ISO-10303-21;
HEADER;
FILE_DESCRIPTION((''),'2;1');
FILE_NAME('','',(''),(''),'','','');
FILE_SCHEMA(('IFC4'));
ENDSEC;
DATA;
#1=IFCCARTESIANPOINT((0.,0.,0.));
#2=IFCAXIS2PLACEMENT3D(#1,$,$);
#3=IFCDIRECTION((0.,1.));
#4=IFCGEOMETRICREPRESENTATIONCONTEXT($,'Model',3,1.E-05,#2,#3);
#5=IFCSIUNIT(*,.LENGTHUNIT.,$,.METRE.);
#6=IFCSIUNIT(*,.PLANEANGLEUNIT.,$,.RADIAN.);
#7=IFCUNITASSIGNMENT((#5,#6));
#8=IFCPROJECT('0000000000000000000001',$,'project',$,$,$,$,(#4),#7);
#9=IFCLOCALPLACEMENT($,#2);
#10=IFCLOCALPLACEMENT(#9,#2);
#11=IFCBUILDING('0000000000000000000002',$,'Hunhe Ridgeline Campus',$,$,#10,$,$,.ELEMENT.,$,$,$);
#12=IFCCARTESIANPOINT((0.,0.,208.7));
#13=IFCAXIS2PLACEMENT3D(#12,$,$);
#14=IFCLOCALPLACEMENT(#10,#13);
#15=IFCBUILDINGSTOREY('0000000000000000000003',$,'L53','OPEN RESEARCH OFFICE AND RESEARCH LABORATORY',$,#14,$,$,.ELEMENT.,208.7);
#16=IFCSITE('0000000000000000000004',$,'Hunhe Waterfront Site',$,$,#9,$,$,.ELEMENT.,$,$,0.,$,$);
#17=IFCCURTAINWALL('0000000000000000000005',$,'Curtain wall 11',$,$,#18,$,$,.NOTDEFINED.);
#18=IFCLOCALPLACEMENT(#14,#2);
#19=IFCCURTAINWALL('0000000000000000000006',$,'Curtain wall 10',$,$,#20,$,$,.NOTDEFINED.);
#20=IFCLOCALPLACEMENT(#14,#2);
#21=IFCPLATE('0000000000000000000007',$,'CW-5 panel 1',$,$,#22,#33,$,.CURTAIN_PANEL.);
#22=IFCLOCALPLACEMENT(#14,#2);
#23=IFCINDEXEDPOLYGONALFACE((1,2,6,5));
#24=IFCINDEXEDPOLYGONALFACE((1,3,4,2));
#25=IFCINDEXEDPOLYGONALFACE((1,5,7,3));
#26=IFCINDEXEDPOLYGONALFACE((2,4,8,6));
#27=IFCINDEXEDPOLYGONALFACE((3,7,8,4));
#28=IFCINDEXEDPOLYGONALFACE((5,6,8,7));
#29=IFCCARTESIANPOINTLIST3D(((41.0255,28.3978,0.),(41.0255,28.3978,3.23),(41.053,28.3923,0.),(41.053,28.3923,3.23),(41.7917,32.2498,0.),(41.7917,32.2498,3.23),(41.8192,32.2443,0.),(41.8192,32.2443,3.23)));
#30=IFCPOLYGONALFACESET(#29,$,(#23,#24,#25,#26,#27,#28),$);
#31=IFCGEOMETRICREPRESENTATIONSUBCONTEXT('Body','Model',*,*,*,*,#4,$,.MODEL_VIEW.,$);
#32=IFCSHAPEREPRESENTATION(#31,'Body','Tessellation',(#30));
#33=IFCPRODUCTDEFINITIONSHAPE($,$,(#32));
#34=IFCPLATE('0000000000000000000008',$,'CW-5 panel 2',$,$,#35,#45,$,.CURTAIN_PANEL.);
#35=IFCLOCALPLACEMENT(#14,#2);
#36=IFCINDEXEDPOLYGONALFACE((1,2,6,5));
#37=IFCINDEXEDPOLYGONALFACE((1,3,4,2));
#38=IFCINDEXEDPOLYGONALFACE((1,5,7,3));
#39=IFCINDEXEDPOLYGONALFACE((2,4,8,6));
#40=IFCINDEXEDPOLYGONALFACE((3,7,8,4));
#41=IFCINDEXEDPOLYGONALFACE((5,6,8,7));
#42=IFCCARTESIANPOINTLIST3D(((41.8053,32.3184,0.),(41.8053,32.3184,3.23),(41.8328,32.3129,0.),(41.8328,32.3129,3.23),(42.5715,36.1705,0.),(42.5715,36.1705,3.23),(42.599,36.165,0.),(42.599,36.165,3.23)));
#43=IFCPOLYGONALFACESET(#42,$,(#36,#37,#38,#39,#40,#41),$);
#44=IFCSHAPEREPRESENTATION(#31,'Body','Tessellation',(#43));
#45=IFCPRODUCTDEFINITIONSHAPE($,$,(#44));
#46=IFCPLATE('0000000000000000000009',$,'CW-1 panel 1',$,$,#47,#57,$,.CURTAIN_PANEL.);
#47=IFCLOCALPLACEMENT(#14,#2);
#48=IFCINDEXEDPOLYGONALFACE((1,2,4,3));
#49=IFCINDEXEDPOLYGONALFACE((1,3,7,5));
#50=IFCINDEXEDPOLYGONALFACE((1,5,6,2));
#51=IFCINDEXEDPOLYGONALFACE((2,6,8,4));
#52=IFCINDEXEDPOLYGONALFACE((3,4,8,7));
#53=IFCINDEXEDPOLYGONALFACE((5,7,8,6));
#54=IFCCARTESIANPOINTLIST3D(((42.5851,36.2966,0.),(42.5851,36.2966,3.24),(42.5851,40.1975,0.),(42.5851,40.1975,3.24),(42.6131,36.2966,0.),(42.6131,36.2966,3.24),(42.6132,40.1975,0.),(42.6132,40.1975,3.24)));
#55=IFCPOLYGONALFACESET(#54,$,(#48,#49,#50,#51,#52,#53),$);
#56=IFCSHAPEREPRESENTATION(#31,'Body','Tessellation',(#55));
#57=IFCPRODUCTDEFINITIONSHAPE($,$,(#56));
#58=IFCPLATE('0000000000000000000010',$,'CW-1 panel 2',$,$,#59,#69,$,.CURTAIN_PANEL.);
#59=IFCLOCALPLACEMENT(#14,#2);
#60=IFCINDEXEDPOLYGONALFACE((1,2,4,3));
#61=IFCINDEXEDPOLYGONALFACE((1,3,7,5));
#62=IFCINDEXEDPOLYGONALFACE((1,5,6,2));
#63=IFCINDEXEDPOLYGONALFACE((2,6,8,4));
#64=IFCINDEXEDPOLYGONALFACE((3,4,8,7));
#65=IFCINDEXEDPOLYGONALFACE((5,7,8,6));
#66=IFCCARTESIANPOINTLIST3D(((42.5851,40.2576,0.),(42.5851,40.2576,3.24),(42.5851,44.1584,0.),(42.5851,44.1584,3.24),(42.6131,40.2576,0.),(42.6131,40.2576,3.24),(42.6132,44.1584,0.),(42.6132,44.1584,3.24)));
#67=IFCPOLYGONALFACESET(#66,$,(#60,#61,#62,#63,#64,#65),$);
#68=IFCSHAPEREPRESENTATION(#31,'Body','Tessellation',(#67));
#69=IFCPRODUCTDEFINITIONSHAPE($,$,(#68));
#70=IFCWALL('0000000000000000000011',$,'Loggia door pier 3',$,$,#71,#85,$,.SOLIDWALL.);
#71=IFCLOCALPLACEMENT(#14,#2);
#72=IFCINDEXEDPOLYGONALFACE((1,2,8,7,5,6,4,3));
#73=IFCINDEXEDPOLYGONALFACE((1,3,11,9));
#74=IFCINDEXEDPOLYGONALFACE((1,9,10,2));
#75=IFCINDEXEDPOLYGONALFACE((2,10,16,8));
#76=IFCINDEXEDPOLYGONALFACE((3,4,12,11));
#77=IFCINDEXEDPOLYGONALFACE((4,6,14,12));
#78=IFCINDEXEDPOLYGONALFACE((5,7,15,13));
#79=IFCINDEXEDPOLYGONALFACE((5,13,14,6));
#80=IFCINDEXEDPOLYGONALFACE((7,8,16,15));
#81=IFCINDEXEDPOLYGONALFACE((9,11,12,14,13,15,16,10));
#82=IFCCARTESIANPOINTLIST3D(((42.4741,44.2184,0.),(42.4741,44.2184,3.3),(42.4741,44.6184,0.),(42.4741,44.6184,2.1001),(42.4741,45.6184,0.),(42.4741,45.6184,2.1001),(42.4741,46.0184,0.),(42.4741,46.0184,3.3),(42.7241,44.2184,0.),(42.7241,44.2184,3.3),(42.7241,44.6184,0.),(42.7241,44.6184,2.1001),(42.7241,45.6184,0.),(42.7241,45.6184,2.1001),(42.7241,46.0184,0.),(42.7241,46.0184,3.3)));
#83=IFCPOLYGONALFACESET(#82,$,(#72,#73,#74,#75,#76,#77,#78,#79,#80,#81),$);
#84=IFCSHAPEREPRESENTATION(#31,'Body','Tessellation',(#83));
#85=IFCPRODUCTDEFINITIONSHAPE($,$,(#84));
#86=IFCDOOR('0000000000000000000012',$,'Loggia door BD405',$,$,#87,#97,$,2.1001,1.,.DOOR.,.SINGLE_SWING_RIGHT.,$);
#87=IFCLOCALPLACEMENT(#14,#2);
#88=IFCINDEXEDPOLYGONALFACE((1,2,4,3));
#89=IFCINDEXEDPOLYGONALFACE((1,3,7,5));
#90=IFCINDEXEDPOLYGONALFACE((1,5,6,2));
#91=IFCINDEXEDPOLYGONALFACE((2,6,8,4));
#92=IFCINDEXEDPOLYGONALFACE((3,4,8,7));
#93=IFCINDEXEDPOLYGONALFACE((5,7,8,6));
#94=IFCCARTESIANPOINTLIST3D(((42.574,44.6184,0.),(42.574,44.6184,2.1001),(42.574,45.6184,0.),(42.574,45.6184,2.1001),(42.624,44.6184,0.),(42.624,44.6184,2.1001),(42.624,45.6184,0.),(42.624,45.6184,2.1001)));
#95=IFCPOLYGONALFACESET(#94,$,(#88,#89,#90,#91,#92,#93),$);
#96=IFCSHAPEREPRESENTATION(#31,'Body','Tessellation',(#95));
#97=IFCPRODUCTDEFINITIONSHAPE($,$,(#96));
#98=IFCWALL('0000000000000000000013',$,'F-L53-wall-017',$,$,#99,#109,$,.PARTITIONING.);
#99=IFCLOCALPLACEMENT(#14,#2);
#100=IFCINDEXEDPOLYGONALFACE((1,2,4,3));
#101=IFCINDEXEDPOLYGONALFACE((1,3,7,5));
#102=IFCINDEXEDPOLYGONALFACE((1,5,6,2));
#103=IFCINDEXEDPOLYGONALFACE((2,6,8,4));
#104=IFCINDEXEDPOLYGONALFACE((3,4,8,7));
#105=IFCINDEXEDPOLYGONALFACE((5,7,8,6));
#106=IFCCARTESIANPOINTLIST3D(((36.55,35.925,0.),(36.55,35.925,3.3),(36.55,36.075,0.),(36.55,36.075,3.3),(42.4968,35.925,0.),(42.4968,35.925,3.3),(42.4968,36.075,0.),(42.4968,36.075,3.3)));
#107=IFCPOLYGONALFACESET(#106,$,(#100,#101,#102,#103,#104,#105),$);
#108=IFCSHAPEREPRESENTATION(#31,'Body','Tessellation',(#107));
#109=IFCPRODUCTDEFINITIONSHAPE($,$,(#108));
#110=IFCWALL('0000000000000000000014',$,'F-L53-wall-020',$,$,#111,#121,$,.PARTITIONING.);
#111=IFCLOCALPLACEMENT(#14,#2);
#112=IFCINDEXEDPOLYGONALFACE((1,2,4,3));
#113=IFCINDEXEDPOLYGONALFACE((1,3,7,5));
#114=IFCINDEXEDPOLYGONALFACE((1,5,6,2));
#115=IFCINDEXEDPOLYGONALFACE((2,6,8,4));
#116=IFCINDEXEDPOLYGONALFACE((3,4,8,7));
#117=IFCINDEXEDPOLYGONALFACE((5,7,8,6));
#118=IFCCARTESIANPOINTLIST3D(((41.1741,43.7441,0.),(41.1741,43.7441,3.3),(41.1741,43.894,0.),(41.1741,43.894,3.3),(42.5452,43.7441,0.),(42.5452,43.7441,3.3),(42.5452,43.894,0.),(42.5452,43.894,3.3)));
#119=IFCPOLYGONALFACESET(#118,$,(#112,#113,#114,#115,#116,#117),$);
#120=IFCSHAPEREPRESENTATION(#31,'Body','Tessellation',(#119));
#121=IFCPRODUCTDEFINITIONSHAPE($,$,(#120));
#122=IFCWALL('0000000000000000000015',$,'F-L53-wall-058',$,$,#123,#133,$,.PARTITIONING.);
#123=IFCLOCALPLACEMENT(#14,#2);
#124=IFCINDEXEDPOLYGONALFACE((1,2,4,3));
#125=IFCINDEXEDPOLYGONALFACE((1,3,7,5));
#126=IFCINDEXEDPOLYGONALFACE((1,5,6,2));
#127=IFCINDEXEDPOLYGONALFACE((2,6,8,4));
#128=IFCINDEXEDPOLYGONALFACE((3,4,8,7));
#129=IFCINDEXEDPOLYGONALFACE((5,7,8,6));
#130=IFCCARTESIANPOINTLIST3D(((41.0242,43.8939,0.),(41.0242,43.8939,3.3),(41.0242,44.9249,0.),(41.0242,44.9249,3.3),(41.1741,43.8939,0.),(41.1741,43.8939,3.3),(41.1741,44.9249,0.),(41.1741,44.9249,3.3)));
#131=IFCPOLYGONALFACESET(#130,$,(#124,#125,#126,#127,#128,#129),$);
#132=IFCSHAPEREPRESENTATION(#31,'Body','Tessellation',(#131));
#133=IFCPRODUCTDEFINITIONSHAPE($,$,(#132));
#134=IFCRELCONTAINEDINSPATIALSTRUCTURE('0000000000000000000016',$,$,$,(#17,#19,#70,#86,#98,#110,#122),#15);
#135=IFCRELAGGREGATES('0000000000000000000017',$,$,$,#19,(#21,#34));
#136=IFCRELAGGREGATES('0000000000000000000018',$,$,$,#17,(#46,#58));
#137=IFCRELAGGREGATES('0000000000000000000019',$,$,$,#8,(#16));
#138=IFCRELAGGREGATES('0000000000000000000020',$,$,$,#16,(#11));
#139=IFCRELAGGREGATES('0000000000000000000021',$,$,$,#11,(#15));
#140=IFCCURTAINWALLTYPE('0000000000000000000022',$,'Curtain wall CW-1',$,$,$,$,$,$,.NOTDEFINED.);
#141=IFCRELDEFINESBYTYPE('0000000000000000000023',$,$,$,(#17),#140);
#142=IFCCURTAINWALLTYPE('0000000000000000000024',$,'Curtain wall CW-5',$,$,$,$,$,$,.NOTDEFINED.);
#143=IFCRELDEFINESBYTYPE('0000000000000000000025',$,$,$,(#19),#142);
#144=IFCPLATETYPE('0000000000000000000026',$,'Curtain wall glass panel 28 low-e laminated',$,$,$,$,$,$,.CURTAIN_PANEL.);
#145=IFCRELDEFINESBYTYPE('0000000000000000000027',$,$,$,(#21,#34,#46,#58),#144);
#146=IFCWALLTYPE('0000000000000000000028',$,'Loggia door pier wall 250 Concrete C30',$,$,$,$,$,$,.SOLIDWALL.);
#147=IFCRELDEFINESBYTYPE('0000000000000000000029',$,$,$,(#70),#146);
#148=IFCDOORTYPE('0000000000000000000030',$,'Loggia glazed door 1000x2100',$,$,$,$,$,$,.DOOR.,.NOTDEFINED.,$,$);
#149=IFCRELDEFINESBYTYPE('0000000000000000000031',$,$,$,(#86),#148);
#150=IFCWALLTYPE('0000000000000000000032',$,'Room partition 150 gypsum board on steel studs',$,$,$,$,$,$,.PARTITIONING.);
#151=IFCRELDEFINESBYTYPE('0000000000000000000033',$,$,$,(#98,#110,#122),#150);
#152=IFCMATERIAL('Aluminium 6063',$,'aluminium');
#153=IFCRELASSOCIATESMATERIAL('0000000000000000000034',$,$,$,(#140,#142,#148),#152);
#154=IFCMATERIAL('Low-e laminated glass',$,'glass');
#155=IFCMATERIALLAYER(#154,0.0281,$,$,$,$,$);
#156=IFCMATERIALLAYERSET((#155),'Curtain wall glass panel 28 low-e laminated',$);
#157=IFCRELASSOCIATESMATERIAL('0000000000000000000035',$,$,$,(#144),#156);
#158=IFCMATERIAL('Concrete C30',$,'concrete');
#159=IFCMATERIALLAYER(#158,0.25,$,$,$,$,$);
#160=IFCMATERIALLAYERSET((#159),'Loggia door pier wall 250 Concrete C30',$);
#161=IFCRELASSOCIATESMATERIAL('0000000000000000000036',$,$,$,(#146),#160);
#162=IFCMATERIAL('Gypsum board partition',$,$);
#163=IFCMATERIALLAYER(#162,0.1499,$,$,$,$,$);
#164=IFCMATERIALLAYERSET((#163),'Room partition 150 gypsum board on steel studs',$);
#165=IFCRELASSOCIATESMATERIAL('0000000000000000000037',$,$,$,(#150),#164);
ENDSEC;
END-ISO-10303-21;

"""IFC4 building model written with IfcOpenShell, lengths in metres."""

from ifc_helpers import new_model, si_unit, direction, frame, frame_2d, origin, origin_2d, place, context, subcontext, project, spatial, rectangle, extrude, material, layer, layer_set, type_object, element, fill, aggregate, save


model = new_model("IFC4")

# Units and contexts
model_context = context("Model", 3, precision=1e-05, world=origin(), true_north=direction((0.0, 1.0)))
body_context = subcontext(model_context, "Body", "Model", "MODEL_VIEW")
ifc_project = project(units=[si_unit("LENGTHUNIT", "METRE"), si_unit("PLANEANGLEUNIT", "RADIAN")], contexts=[model_context])

# Site, building, storey
site_placement = place(None, origin())
site = spatial("IfcSite", under=ifc_project, at=site_placement, Name="Hunhe Waterfront Site", CompositionType="ELEMENT", RefElevation=0.0)
building_placement = place(site_placement, origin())
building = spatial("IfcBuilding", under=site, at=building_placement, Name="Hunhe Ridgeline Campus", CompositionType="ELEMENT")
storey_placement = place(building_placement, frame((0.0, 0.0, 208.7)))
storey = spatial("IfcBuildingStorey", under=building, at=storey_placement, Name="L53", Description="OPEN RESEARCH OFFICE AND RESEARCH LABORATORY", CompositionType="ELEMENT", Elevation=208.7)

# Curtain walls
ifc_material_1 = material(Name="Aluminium 6063", Category="aluminium")
curtain_wall_type_1 = type_object("IfcCurtainWallType", Name="Curtain wall CW-1", PredefinedType="NOTDEFINED", material=ifc_material_1)
curtain_wall_1_placement = place(storey_placement, origin())
curtain_wall_1 = element("IfcCurtainWall", 1, at=curtain_wall_1_placement, inside=storey, type_object=curtain_wall_type_1, Name="Curtain wall 11", PredefinedType="NOTDEFINED")
curtain_wall_type_2 = type_object("IfcCurtainWallType", Name="Curtain wall CW-5", PredefinedType="NOTDEFINED", material=ifc_material_1)
curtain_wall_2_placement = place(storey_placement, origin())
curtain_wall_2 = element("IfcCurtainWall", 2, at=curtain_wall_2_placement, inside=storey, type_object=curtain_wall_type_2, Name="Curtain wall 10", PredefinedType="NOTDEFINED")

# Plates
ifc_material_2 = material(Name="Low-e laminated glass", Category="glass")
ifc_layer_1 = layer(ifc_material_2, 0.0281)
ifc_layer_set_1 = layer_set([ifc_layer_1], Name="Curtain wall glass panel 28 low-e laminated")
plate_type = type_object("IfcPlateType", Name="Curtain wall glass panel 28 low-e laminated", PredefinedType="CURTAIN_PANEL", material=ifc_layer_set_1)
plate_1_placement = place(storey_placement, frame((41.4224, 30.321, 0.0), z_axis=(0.0, 0.0, 1.0), x_axis=(0.19509, 0.980785, 0.0)))
plate_1 = element("IfcPlate", 3, at=plate_1_placement, type_object=plate_type, Name="CW-5 panel 1", PredefinedType="CURTAIN_PANEL", context=body_context, shape_type="SweptSolid", body=[
    extrude(rectangle(XDim=3.9275, YDim=0.0281, at=origin_2d()), origin(), (0.0, 0.0, 1.0), 3.23),
])
plate_2_placement = place(storey_placement, frame((42.2021, 34.2417, 0.0), z_axis=(0.0, 0.0, 1.0), x_axis=(0.19509, 0.980785, 0.0)))
plate_2 = element("IfcPlate", 4, at=plate_2_placement, type_object=plate_type, Name="CW-5 panel 2", PredefinedType="CURTAIN_PANEL", context=body_context, shape_type="SweptSolid", body=[
    extrude(rectangle(XDim=3.9275, YDim=0.0281, at=origin_2d()), origin(), (0.0, 0.0, 1.0), 3.23),
])
aggregate(curtain_wall_2, [plate_1, plate_2])
plate_3_placement = place(storey_placement, frame((42.5991, 38.2471, 0.0), z_axis=(0.0, 0.0, 1.0), x_axis=(0.000007, 1.0, 0.0)))
plate_3 = element("IfcPlate", 5, at=plate_3_placement, type_object=plate_type, Name="CW-1 panel 1", PredefinedType="CURTAIN_PANEL", context=body_context, shape_type="SweptSolid", body=[
    extrude(rectangle(XDim=3.9009, YDim=0.0281, at=origin_2d()), origin(), (0.0, 0.0, 1.0), 3.24),
])
plate_4_placement = place(storey_placement, frame((42.5991, 42.208, 0.0), z_axis=(0.0, 0.0, 1.0), x_axis=(0.000007, 1.0, 0.0)))
plate_4 = element("IfcPlate", 6, at=plate_4_placement, type_object=plate_type, Name="CW-1 panel 2", PredefinedType="CURTAIN_PANEL", context=body_context, shape_type="SweptSolid", body=[
    extrude(rectangle(XDim=3.9009, YDim=0.0281, at=origin_2d()), origin(), (0.0, 0.0, 1.0), 3.24),
])
aggregate(curtain_wall_1, [plate_3, plate_4])

# Wall, opening, door
ifc_material_3 = material(Name="Concrete C30", Category="concrete")
ifc_layer_2 = layer(ifc_material_3, 0.25)
ifc_layer_set_2 = layer_set([ifc_layer_2], Name="Loggia door pier wall 250 Concrete C30")
wall_type_1 = type_object("IfcWallType", Name="Loggia door pier wall 250 Concrete C30", PredefinedType="SOLIDWALL", material=ifc_layer_set_2)
wall_1_placement = place(storey_placement, frame((42.5991, 44.2185, 0.0), z_axis=(0.0, 0.0, 1.0), x_axis=(0.0, 1.0, 0.0)))
wall_1 = element("IfcWall", 7, at=wall_1_placement, inside=storey, type_object=wall_type_1, Name="Loggia door pier 3", PredefinedType="SOLIDWALL", context=body_context, shape_type="SweptSolid", body=[
    extrude(rectangle(XDim=1.8, YDim=0.25, at=frame_2d((0.8999, 0.0))), origin(), (0.0, 0.0, 1.0), 3.3),
])
opening_placement = place(wall_1_placement, frame((0.3999, 0.0, 0.0)))
opening = element("IfcOpeningElement", 8, at=opening_placement, cuts=wall_1, PredefinedType="OPENING", context=body_context, shape_type="SweptSolid", body=[
    extrude(rectangle(XDim=1.0, YDim=2.1001, at=frame_2d((0.5, 1.05))), frame((0.0, 0.125, 0.0), z_axis=(0.0, -1.0, 0.0), x_axis=(1.0, 0.0, 0.0)), (0.0, 0.0, 1.0), 0.25),
])
door_type = type_object("IfcDoorType", Name="Loggia glazed door 1000x2100", OperationType="NOTDEFINED", PredefinedType="DOOR", material=ifc_material_1)
door_placement = place(opening_placement, frame((1.0, 0.0, 0.0), z_axis=(0.0, 0.0, 1.0), x_axis=(-1.0, 0.0, 0.0)))
door = element("IfcDoor", 9, at=door_placement, inside=storey, type_object=door_type, Name="Loggia door BD405", OperationType="SINGLE_SWING_RIGHT", OverallHeight=2.1001, OverallWidth=1.0, PredefinedType="DOOR", context=body_context, shape_type="SweptSolid", body=[
    extrude(rectangle(XDim=1.0, YDim=2.1001, at=frame_2d((0.5, 1.05))), frame((0.0, 0.0249, 0.0), z_axis=(0.0, -1.0, 0.0), x_axis=(1.0, 0.0, 0.0)), (0.0, 0.0, 1.0), 0.05),
])
fill(opening, door)

# Walls
ifc_material_4 = material(Name="Gypsum board partition")
ifc_layer_3 = layer(ifc_material_4, 0.1499)
ifc_layer_set_3 = layer_set([ifc_layer_3], Name="Room partition 150 gypsum board on steel studs")
wall_type_2 = type_object("IfcWallType", Name="Room partition 150 gypsum board on steel studs", PredefinedType="PARTITIONING", material=ifc_layer_set_3)
wall_2_placement = place(storey_placement, frame((36.55, 36.0, 0.0), z_axis=(0.0, 0.0, 1.0), x_axis=(1.0, 0.0, 0.0)))
element("IfcWall", 10, at=wall_2_placement, inside=storey, type_object=wall_type_2, Name="F-L53-wall-017", PredefinedType="PARTITIONING", context=body_context, shape_type="SweptSolid", body=[
    extrude(rectangle(XDim=5.9468, YDim=0.1499, at=frame_2d((2.9734, 0.0))), origin(), (0.0, 0.0, 1.0), 3.3),
])
wall_3_placement = place(storey_placement, frame((41.1741, 43.8191, 0.0), z_axis=(0.0, 0.0, 1.0), x_axis=(1.0, 0.0, 0.0)))
element("IfcWall", 11, at=wall_3_placement, inside=storey, type_object=wall_type_2, Name="F-L53-wall-020", PredefinedType="PARTITIONING", context=body_context, shape_type="SweptSolid", body=[
    extrude(rectangle(XDim=1.3711, YDim=0.1499, at=frame_2d((0.6855, 0.0))), origin(), (0.0, 0.0, 1.0), 3.3),
])
wall_4_placement = place(storey_placement, frame((41.0991, 44.925, 0.0), z_axis=(0.0, 0.0, 1.0), x_axis=(0.0, -1.0, 0.0)))
element("IfcWall", 12, at=wall_4_placement, inside=storey, type_object=wall_type_2, Name="F-L53-wall-058", PredefinedType="PARTITIONING", context=body_context, shape_type="SweptSolid", body=[
    extrude(rectangle(XDim=1.031, YDim=0.1499, at=frame_2d((0.5156, 0.0))), origin(), (0.0, 0.0, 1.0), 3.3),
])

save(model, "model.ifc")
